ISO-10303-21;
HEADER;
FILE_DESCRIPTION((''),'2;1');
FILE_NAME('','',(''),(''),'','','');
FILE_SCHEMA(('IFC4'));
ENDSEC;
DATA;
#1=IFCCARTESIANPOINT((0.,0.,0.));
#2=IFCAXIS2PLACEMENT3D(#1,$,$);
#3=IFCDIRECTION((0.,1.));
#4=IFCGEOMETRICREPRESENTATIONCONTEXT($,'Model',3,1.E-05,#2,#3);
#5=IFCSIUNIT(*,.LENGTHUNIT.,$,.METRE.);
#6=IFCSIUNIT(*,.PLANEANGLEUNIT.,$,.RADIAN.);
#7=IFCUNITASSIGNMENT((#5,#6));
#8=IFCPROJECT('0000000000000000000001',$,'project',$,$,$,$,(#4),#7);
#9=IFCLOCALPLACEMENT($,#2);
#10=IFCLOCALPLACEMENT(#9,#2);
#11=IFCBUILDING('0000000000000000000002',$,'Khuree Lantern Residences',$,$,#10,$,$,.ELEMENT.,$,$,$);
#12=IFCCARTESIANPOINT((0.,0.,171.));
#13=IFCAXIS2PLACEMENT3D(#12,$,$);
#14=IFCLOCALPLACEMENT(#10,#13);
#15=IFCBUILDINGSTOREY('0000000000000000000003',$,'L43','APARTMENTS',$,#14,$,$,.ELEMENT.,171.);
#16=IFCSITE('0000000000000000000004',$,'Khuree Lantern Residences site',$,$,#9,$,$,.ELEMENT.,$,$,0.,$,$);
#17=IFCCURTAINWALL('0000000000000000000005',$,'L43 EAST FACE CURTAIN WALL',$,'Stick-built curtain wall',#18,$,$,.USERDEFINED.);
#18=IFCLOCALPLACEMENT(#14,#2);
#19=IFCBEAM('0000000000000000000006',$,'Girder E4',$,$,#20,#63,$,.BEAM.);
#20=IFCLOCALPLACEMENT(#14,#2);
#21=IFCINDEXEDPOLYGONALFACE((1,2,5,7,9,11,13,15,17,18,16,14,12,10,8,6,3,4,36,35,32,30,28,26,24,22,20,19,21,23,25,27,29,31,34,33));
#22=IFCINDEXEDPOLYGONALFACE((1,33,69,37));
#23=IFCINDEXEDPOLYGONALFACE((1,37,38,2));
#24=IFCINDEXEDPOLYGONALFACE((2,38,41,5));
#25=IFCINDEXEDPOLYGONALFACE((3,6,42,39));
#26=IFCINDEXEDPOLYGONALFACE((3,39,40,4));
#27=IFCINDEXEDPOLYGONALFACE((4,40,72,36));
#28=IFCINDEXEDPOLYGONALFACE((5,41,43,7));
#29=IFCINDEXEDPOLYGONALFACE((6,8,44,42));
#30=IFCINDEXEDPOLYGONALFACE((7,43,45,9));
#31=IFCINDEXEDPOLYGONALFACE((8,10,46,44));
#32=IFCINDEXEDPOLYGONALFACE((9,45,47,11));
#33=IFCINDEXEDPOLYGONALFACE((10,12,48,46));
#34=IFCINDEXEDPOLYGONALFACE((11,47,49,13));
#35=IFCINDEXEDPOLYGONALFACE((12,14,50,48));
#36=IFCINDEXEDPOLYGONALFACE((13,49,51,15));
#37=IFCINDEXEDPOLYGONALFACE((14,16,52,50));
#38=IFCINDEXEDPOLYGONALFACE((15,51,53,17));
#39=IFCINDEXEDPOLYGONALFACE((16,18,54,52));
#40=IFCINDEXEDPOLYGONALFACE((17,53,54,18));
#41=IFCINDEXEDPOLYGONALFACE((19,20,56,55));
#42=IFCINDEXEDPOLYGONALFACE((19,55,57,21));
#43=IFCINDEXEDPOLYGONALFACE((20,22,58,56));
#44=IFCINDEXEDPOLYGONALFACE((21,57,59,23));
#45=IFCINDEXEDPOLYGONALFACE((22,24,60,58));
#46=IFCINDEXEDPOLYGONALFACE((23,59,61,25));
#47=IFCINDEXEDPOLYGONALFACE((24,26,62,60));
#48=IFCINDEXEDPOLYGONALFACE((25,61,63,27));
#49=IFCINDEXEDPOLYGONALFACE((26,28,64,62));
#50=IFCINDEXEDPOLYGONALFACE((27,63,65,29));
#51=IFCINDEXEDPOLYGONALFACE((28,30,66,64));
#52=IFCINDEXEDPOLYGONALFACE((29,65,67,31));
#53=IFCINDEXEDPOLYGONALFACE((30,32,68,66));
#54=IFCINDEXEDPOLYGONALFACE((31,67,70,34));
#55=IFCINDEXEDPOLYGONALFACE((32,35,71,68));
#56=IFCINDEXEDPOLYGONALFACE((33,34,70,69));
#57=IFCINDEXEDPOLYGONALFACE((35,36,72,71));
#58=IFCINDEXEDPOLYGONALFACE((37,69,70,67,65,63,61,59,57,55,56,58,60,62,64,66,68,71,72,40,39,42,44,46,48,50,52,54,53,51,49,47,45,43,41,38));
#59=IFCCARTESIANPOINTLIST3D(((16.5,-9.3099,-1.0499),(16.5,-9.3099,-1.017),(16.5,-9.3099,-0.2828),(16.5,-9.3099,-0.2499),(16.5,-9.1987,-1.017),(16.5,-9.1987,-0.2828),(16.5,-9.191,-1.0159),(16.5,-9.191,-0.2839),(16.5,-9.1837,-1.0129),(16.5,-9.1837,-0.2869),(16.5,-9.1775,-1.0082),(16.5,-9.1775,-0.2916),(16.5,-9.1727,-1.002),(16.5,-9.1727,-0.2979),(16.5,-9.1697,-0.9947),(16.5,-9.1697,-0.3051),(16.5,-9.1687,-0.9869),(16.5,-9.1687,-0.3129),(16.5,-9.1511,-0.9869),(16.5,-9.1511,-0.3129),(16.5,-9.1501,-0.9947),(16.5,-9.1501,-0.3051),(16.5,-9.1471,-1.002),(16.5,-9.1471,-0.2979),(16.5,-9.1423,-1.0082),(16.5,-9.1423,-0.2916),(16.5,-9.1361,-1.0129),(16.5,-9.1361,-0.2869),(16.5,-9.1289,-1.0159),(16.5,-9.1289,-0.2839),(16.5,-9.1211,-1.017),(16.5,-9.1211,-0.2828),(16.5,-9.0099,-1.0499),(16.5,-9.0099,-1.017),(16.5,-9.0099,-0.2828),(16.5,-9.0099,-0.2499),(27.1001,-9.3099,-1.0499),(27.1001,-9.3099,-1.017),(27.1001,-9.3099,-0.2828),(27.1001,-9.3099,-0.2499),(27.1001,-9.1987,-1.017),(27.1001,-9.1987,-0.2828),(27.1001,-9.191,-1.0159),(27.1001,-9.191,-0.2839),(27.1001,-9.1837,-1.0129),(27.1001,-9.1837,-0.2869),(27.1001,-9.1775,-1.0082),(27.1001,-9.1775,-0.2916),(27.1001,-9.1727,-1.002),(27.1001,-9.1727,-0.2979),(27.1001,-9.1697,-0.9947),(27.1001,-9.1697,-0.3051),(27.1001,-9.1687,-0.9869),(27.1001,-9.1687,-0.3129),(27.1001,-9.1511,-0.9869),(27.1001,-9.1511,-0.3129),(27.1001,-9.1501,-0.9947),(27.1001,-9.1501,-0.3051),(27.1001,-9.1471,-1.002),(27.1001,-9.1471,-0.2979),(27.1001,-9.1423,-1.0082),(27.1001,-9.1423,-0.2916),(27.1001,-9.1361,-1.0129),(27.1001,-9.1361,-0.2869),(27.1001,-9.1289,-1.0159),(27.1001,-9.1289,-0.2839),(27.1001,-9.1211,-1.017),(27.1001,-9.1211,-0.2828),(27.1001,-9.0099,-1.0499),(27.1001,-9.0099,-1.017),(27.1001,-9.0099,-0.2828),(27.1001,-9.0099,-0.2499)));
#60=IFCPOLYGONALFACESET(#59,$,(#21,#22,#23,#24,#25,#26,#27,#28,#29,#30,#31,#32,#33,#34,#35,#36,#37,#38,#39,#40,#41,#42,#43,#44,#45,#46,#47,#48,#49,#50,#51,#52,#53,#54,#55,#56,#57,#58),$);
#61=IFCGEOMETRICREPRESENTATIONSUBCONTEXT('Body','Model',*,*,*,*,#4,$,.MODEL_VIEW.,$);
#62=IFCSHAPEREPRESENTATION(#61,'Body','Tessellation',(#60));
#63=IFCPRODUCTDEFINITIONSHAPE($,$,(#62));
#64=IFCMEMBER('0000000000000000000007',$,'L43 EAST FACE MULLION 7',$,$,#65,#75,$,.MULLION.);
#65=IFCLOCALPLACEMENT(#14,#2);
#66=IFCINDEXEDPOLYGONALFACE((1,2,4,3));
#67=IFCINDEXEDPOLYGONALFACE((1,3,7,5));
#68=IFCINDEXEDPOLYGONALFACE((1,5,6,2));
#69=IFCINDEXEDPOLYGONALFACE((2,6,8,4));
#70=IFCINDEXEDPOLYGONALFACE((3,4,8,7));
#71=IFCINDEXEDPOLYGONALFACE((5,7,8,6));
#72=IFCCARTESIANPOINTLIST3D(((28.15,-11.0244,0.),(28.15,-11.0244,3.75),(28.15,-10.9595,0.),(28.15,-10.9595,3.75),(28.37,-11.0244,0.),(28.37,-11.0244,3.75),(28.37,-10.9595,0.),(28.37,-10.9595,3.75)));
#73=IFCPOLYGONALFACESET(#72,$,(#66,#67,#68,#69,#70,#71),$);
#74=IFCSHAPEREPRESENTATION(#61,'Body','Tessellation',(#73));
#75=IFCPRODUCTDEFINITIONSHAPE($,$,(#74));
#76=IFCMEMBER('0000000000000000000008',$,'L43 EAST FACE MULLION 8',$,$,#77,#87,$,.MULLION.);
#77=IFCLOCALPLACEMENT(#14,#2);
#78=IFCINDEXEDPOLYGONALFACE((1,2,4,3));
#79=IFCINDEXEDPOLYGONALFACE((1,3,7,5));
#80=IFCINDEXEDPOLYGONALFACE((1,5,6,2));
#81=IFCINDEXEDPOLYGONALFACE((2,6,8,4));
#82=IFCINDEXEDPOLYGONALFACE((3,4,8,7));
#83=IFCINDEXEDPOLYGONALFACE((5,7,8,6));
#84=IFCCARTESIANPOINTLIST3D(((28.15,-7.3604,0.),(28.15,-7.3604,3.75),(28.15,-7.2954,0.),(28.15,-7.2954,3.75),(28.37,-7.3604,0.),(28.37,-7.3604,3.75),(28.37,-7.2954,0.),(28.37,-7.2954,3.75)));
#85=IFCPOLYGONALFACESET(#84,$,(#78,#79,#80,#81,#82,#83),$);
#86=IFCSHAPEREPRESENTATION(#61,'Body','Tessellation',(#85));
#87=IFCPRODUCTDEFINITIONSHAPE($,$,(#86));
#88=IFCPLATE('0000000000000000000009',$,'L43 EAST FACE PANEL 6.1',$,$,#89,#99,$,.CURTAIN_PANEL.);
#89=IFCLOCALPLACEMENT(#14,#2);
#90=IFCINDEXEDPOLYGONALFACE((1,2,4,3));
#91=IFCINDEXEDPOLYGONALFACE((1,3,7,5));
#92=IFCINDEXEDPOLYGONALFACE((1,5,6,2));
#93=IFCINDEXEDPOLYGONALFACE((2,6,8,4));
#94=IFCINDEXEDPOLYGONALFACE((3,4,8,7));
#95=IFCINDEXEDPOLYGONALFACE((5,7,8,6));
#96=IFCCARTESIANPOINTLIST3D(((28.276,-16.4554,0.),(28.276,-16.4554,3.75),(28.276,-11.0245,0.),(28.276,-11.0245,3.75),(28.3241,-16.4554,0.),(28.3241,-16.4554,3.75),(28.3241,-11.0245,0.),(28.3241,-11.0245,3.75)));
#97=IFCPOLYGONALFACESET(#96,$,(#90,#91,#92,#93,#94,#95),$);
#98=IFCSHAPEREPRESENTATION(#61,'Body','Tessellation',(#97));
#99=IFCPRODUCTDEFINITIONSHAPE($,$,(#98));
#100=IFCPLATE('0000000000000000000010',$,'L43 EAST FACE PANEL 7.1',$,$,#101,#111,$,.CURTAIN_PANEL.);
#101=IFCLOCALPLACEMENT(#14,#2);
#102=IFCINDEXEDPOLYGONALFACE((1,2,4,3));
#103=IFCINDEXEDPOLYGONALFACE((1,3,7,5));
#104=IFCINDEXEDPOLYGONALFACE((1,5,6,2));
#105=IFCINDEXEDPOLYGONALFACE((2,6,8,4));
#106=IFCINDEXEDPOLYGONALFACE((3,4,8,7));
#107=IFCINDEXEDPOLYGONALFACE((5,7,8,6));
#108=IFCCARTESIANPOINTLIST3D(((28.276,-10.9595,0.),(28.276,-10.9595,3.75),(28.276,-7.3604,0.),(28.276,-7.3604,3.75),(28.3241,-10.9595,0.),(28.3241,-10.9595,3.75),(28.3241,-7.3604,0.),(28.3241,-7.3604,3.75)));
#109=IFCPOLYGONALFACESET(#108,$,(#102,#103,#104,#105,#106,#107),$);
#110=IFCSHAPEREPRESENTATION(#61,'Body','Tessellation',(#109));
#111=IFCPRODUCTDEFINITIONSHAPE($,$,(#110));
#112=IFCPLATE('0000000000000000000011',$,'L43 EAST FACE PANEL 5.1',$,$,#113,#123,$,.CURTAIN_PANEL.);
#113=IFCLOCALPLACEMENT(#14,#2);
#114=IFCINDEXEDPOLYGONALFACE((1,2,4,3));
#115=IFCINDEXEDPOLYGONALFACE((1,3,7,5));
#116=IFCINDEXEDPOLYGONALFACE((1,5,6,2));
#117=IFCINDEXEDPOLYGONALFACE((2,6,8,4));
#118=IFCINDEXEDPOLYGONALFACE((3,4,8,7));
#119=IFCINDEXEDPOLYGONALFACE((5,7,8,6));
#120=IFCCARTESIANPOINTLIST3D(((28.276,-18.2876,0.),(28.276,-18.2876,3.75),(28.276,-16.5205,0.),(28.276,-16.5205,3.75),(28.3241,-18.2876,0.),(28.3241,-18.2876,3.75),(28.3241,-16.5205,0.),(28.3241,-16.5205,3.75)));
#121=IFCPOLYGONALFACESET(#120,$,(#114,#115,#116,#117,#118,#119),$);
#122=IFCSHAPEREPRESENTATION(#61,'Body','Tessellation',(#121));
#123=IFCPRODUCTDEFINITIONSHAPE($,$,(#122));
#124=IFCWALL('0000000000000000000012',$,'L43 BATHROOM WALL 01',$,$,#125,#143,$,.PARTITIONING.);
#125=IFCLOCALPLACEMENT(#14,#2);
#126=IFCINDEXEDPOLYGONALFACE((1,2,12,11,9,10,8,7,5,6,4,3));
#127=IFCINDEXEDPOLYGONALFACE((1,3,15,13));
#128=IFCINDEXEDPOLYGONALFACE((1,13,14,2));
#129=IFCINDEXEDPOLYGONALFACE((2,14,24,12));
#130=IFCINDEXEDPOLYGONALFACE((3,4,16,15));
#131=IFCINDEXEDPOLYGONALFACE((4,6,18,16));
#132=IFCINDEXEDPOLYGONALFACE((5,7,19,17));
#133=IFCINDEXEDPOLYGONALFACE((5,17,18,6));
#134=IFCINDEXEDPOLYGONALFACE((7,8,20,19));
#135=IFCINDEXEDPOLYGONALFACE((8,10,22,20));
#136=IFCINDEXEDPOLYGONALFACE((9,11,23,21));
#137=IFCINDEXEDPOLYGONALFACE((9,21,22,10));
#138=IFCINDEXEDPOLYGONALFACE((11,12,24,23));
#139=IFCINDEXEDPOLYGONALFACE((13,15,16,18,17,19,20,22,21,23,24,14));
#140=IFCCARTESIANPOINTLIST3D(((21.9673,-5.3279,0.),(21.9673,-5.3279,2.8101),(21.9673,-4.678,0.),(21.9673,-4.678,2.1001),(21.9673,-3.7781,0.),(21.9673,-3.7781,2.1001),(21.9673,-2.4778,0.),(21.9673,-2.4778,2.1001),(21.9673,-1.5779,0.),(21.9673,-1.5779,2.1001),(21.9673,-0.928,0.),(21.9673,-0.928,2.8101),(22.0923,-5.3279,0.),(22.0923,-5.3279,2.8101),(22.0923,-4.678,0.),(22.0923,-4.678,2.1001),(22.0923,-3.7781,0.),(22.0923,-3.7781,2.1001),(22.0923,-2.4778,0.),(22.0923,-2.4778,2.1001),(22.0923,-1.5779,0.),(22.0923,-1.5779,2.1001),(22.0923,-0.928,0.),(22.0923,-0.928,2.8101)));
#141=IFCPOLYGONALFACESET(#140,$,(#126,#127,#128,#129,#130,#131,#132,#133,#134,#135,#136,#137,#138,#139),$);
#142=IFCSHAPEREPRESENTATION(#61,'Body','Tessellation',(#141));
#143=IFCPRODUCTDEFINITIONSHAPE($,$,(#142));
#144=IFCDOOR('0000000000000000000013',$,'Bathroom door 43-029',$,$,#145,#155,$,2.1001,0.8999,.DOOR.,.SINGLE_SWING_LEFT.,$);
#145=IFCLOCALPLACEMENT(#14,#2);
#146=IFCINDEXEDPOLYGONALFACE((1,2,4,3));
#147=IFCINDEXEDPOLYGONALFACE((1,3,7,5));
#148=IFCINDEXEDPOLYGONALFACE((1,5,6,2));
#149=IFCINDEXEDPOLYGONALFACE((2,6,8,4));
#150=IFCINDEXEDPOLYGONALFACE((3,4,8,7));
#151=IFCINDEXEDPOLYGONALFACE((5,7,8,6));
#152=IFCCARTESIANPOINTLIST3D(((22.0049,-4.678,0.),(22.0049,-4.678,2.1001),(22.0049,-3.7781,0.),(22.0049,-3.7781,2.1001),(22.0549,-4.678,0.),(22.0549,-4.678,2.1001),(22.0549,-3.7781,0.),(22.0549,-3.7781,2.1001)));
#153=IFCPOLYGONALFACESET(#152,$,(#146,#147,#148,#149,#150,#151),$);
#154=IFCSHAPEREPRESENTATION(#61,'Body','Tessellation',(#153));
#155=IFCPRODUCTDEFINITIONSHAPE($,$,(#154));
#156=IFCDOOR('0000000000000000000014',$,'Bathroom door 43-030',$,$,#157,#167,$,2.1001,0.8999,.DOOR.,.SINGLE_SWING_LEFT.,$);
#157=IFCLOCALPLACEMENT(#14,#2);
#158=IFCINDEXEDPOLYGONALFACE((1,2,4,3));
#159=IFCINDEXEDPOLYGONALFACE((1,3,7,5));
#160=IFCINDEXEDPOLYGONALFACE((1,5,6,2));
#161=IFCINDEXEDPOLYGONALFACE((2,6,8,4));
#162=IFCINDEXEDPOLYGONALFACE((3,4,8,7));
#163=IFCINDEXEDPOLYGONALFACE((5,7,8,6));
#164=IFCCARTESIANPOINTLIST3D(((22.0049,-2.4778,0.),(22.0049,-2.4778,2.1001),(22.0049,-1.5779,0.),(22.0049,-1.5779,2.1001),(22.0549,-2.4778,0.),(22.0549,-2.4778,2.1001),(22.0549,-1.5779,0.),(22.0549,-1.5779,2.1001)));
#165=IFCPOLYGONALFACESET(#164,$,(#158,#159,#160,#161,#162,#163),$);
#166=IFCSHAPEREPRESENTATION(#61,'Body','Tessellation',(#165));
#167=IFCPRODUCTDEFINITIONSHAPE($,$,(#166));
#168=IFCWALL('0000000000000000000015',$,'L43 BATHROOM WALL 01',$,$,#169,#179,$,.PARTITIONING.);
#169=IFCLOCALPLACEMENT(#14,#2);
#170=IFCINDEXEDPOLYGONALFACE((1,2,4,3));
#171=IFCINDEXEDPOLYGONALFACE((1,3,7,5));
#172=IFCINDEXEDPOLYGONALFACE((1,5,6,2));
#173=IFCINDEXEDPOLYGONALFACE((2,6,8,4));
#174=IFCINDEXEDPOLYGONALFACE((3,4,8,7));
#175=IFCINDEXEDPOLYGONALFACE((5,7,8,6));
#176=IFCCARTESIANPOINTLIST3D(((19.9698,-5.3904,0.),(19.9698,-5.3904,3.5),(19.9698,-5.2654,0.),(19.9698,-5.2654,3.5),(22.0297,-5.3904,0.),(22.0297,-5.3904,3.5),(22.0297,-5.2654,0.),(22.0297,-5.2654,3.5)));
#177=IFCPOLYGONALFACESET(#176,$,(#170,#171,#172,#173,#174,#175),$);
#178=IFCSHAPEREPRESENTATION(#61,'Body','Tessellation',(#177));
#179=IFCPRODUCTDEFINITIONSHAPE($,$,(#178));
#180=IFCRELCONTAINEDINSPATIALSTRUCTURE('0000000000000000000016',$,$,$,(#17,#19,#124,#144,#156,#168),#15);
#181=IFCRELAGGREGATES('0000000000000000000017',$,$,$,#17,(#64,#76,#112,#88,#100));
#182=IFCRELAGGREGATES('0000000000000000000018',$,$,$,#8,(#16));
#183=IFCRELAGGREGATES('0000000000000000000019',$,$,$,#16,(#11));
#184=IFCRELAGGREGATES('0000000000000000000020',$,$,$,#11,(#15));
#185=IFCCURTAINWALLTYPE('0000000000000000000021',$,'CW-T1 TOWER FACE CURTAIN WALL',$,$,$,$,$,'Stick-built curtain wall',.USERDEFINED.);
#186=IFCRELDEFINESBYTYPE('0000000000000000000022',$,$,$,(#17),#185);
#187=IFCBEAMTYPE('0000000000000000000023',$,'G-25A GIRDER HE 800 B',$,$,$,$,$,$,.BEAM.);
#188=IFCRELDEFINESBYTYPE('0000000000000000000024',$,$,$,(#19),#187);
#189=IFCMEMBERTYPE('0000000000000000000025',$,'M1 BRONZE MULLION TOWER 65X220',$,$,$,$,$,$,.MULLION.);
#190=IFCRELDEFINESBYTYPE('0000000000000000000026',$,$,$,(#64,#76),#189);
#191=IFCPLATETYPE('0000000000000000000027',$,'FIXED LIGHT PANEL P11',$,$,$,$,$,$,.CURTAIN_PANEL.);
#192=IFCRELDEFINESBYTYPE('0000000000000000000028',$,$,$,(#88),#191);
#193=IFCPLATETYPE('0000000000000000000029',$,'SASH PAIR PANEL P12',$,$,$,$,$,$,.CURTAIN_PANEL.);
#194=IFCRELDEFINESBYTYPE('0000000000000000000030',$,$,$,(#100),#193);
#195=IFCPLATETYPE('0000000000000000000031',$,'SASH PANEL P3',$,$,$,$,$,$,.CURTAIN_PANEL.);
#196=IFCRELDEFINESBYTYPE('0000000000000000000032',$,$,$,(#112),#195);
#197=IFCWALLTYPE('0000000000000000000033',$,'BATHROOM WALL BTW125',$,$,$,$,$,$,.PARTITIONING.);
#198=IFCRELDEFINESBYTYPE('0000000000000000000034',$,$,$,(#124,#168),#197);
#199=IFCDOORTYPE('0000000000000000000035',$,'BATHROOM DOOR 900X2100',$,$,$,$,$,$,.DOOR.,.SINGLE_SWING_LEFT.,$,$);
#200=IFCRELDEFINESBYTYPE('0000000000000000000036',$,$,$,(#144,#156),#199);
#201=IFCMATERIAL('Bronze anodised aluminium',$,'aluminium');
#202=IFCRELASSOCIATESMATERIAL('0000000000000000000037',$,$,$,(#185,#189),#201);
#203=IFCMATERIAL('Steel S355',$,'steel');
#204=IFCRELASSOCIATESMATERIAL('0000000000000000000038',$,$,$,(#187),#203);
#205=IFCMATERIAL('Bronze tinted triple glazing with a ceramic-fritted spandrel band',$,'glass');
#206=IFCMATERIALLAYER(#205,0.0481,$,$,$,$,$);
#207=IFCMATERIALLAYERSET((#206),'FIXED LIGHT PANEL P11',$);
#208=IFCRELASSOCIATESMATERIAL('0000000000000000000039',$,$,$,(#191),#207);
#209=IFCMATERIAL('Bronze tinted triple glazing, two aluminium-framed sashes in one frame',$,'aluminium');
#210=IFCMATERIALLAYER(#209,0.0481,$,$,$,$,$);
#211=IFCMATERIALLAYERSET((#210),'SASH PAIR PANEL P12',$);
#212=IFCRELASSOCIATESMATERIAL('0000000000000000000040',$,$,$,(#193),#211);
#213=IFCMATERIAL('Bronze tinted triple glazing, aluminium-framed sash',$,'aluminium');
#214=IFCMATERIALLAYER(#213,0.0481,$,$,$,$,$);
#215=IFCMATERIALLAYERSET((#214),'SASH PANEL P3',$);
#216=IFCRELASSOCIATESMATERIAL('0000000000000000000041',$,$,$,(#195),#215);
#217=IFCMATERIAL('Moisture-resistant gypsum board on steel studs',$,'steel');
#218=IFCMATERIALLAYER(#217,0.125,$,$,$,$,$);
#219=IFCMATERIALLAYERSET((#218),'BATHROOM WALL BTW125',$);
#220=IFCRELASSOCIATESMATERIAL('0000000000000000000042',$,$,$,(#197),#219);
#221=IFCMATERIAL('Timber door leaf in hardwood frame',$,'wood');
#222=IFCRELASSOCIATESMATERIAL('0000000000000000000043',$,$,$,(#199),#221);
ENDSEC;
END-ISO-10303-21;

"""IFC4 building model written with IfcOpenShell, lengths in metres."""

from ifc_helpers import new_model, si_unit, direction, frame, frame_2d, origin, origin_2d, place, context, subcontext, project, spatial, rectangle, i_section, extrude, material, layer, layer_set, material_profile, profile_set, type_object, element, fill, aggregate, save


model = new_model("IFC4")

# Units and contexts
model_context = context("Model", 3, precision=1e-05, world=origin(), true_north=direction((0.0, 1.0)))
body_context = subcontext(model_context, "Body", "Model", "MODEL_VIEW")
ifc_project = project(units=[si_unit("LENGTHUNIT", "METRE"), si_unit("PLANEANGLEUNIT", "RADIAN")], contexts=[model_context])

# Site, building, storey
site_placement = place(None, origin())
site = spatial("IfcSite", under=ifc_project, at=site_placement, Name="Khuree Lantern Residences site", CompositionType="ELEMENT", RefElevation=0.0)
building_placement = place(site_placement, origin())
building = spatial("IfcBuilding", under=site, at=building_placement, Name="Khuree Lantern Residences", CompositionType="ELEMENT")
storey_placement = place(building_placement, frame((0.0, 0.0, 171.0)))
storey = spatial("IfcBuildingStorey", under=building, at=storey_placement, Name="L43", Description="APARTMENTS", CompositionType="ELEMENT", Elevation=171.0)

# Shared definitions
ifc_material_1 = material(Name="Steel S355", Category="steel")

# Curtain wall
ifc_material_2 = material(Name="Bronze anodised aluminium", Category="aluminium")
curtain_wall_type = type_object("IfcCurtainWallType", Name="CW-T1 TOWER FACE CURTAIN WALL", ElementType="Stick-built curtain wall", PredefinedType="USERDEFINED", material=ifc_material_2)
curtain_wall_placement = place(storey_placement, origin())
curtain_wall = element("IfcCurtainWall", 1, at=curtain_wall_placement, inside=storey, type_object=curtain_wall_type, Name="L43 EAST FACE CURTAIN WALL", ObjectType="Stick-built curtain wall", PredefinedType="USERDEFINED")

# Beam
ifc_material_profile_1 = material_profile(ifc_material_1, i_section(OverallWidth=0.3, OverallDepth=0.8, WebThickness=0.0176, FlangeThickness=0.033, FilletRadius=0.03, at=origin_2d()), Name="HE 800 B")
ifc_profile_set_1 = profile_set([ifc_material_profile_1], Name="Steel S355")
beam_type_1 = type_object("IfcBeamType", Name="G-25A GIRDER HE 800 B", PredefinedType="BEAM", material=ifc_profile_set_1)
beam_1_placement = place(storey_placement, frame((27.1001, -9.1599, -0.6499), z_axis=(-1.0, 0.0, 0.0), x_axis=(0.0, -1.0, 0.0)))
element("IfcBeam", 2, at=beam_1_placement, inside=storey, type_object=beam_type_1, Name="Girder E4", PredefinedType="BEAM", context=body_context, shape_type="SweptSolid", body=[
    extrude(i_section(OverallWidth=0.3, OverallDepth=0.8, WebThickness=0.0176, FlangeThickness=0.033, FilletRadius=0.03, at=origin_2d()), origin(), (0.0, 0.0, 1.0), 10.6001),
])

# Members
ifc_material_profile_2 = material_profile(ifc_material_2, rectangle(XDim=0.0649, YDim=0.22, at=origin_2d()), Name="M1 65X220")
ifc_profile_set_2 = profile_set([ifc_material_profile_2], Name="Bronze anodised aluminium")
member_type_1 = type_object("IfcMemberType", Name="M1 BRONZE MULLION TOWER 65X220", PredefinedType="MULLION", material=ifc_profile_set_2)
member_1_placement = place(storey_placement, frame((28.26, -10.9919, 0.0), z_axis=(0.0, 0.0, 1.0), x_axis=(0.0, 1.0, 0.0)))
member_1 = element("IfcMember", 3, at=member_1_placement, type_object=member_type_1, Name="L43 EAST FACE MULLION 7", PredefinedType="MULLION", context=body_context, shape_type="SweptSolid", body=[
    extrude(rectangle(XDim=0.0649, YDim=0.22, at=origin_2d()), origin(), (0.0, 0.0, 1.0), 3.75),
])
member_2_placement = place(storey_placement, frame((28.26, -7.3279, 0.0), z_axis=(0.0, 0.0, 1.0), x_axis=(0.0, 1.0, 0.0)))
member_2 = element("IfcMember", 4, at=member_2_placement, type_object=member_type_1, Name="L43 EAST FACE MULLION 8", PredefinedType="MULLION", context=body_context, shape_type="SweptSolid", body=[
    extrude(rectangle(XDim=0.0649, YDim=0.22, at=origin_2d()), origin(), (0.0, 0.0, 1.0), 3.75),
])

# Plates
ifc_material_3 = material(Name="Bronze tinted triple glazing with a ceramic-fritted spandrel band", Category="glass")
ifc_layer_1 = layer(ifc_material_3, 0.0481)
ifc_layer_set_1 = layer_set([ifc_layer_1], Name="FIXED LIGHT PANEL P11")
plate_type_1 = type_object("IfcPlateType", Name="FIXED LIGHT PANEL P11", PredefinedType="CURTAIN_PANEL", material=ifc_layer_set_1)
plate_1_placement = place(storey_placement, frame((28.3, -13.74, 0.0), z_axis=(0.0, 0.0, 1.0), x_axis=(0.0, 1.0, 0.0)))
plate_1 = element("IfcPlate", 5, at=plate_1_placement, type_object=plate_type_1, Name="L43 EAST FACE PANEL 6.1", PredefinedType="CURTAIN_PANEL", context=body_context, shape_type="SweptSolid", body=[
    extrude(rectangle(XDim=5.4309, YDim=0.0481, at=origin_2d()), origin(), (0.0, 0.0, 1.0), 3.75),
])
ifc_material_4 = material(Name="Bronze tinted triple glazing, two aluminium-framed sashes in one frame", Category="aluminium")
ifc_layer_2 = layer(ifc_material_4, 0.0481)
ifc_layer_set_2 = layer_set([ifc_layer_2], Name="SASH PAIR PANEL P12")
plate_type_2 = type_object("IfcPlateType", Name="SASH PAIR PANEL P12", PredefinedType="CURTAIN_PANEL", material=ifc_layer_set_2)
plate_2_placement = place(storey_placement, frame((28.3, -9.1599, 0.0), z_axis=(0.0, 0.0, 1.0), x_axis=(0.0, 1.0, 0.0)))
plate_2 = element("IfcPlate", 6, at=plate_2_placement, type_object=plate_type_2, Name="L43 EAST FACE PANEL 7.1", PredefinedType="CURTAIN_PANEL", context=body_context, shape_type="SweptSolid", body=[
    extrude(rectangle(XDim=3.5991, YDim=0.0481, at=origin_2d()), origin(), (0.0, 0.0, 1.0), 3.75),
])
ifc_material_5 = material(Name="Bronze tinted triple glazing, aluminium-framed sash", Category="aluminium")
ifc_layer_3 = layer(ifc_material_5, 0.0481)
ifc_layer_set_3 = layer_set([ifc_layer_3], Name="SASH PANEL P3")
plate_type_3 = type_object("IfcPlateType", Name="SASH PANEL P3", PredefinedType="CURTAIN_PANEL", material=ifc_layer_set_3)
plate_3_placement = place(storey_placement, frame((28.3, -17.4041, 0.0), z_axis=(0.0, 0.0, 1.0), x_axis=(0.0, 1.0, 0.0)))
plate_3 = element("IfcPlate", 7, at=plate_3_placement, type_object=plate_type_3, Name="L43 EAST FACE PANEL 5.1", PredefinedType="CURTAIN_PANEL", context=body_context, shape_type="SweptSolid", body=[
    extrude(rectangle(XDim=1.7671, YDim=0.0481, at=origin_2d()), origin(), (0.0, 0.0, 1.0), 3.75),
])
aggregate(curtain_wall, [member_1, member_2, plate_3, plate_1, plate_2])

# Wall, openings, doors
ifc_material_6 = material(Name="Moisture-resistant gypsum board on steel studs", Category="steel")
ifc_layer_4 = layer(ifc_material_6, 0.125)
ifc_layer_set_4 = layer_set([ifc_layer_4], Name="BATHROOM WALL BTW125")
wall_type_1 = type_object("IfcWallType", Name="BATHROOM WALL BTW125", PredefinedType="PARTITIONING", material=ifc_layer_set_4)
wall_1_placement = place(storey_placement, frame((22.0298, -5.3279, 0.0), z_axis=(0.0, 0.0, 1.0), x_axis=(0.0, 1.0, 0.0)))
wall_1 = element("IfcWall", 8, at=wall_1_placement, inside=storey, type_object=wall_type_1, Name="L43 BATHROOM WALL 01", PredefinedType="PARTITIONING", context=body_context, shape_type="SweptSolid", body=[
    extrude(rectangle(XDim=4.3999, YDim=0.125, at=frame_2d((2.2, 0.0))), origin(), (0.0, 0.0, 1.0), 2.8101),
])
opening_1_placement = place(wall_1_placement, frame((0.6499, 0.0, 0.0)))
opening_1 = element("IfcOpeningElement", 9, at=opening_1_placement, cuts=wall_1, PredefinedType="OPENING", context=body_context, shape_type="SweptSolid", body=[
    extrude(rectangle(XDim=0.8999, YDim=2.1001, at=frame_2d((0.45, 1.05))), frame((0.0, 0.0725, 0.0), z_axis=(0.0, -1.0, 0.0), x_axis=(1.0, 0.0, 0.0)), (0.0, 0.0, 1.0), 0.145),
])
opening_2_placement = place(wall_1_placement, frame((2.8501, 0.0, 0.0)))
opening_2 = element("IfcOpeningElement", 10, at=opening_2_placement, cuts=wall_1, PredefinedType="OPENING", context=body_context, shape_type="SweptSolid", body=[
    extrude(rectangle(XDim=0.8999, YDim=2.1001, at=frame_2d((0.45, 1.05))), frame((0.0, 0.0725, 0.0), z_axis=(0.0, -1.0, 0.0), x_axis=(1.0, 0.0, 0.0)), (0.0, 0.0, 1.0), 0.145),
])
ifc_material_7 = material(Name="Timber door leaf in hardwood frame", Category="wood")
door_type_1 = type_object("IfcDoorType", Name="BATHROOM DOOR 900X2100", OperationType="SINGLE_SWING_LEFT", PredefinedType="DOOR", material=ifc_material_7)
door_1_placement = place(opening_1_placement, origin())
door_1 = element("IfcDoor", 11, at=door_1_placement, inside=storey, type_object=door_type_1, Name="Bathroom door 43-029", OperationType="SINGLE_SWING_LEFT", OverallHeight=2.1001, OverallWidth=0.8999, PredefinedType="DOOR", context=body_context, shape_type="SweptSolid", body=[
    extrude(rectangle(XDim=0.8999, YDim=2.1001, at=frame_2d((0.45, 1.05))), frame((0.0, 0.0249, 0.0), z_axis=(0.0, -1.0, 0.0), x_axis=(1.0, 0.0, 0.0)), (0.0, 0.0, 1.0), 0.05),
])
fill(opening_1, door_1)
door_2_placement = place(opening_2_placement, origin())
door_2 = element("IfcDoor", 12, at=door_2_placement, inside=storey, type_object=door_type_1, Name="Bathroom door 43-030", OperationType="SINGLE_SWING_LEFT", OverallHeight=2.1001, OverallWidth=0.8999, PredefinedType="DOOR", context=body_context, shape_type="SweptSolid", body=[
    extrude(rectangle(XDim=0.8999, YDim=2.1001, at=frame_2d((0.45, 1.05))), frame((0.0, 0.0249, 0.0), z_axis=(0.0, -1.0, 0.0), x_axis=(1.0, 0.0, 0.0)), (0.0, 0.0, 1.0), 0.05),
])
fill(opening_2, door_2)

# Wall
wall_2_placement = place(storey_placement, frame((19.97, -5.3279, 0.0), z_axis=(0.0, 0.0, 1.0), x_axis=(1.0, 0.0, 0.0)))
element("IfcWall", 13, at=wall_2_placement, inside=storey, type_object=wall_type_1, Name="L43 BATHROOM WALL 01", PredefinedType="PARTITIONING", context=body_context, shape_type="SweptSolid", body=[
    extrude(rectangle(XDim=2.0598, YDim=0.125, at=frame_2d((1.0298, 0.0))), origin(), (0.0, 0.0, 1.0), 3.5),
])

save(model, "model.ifc")
